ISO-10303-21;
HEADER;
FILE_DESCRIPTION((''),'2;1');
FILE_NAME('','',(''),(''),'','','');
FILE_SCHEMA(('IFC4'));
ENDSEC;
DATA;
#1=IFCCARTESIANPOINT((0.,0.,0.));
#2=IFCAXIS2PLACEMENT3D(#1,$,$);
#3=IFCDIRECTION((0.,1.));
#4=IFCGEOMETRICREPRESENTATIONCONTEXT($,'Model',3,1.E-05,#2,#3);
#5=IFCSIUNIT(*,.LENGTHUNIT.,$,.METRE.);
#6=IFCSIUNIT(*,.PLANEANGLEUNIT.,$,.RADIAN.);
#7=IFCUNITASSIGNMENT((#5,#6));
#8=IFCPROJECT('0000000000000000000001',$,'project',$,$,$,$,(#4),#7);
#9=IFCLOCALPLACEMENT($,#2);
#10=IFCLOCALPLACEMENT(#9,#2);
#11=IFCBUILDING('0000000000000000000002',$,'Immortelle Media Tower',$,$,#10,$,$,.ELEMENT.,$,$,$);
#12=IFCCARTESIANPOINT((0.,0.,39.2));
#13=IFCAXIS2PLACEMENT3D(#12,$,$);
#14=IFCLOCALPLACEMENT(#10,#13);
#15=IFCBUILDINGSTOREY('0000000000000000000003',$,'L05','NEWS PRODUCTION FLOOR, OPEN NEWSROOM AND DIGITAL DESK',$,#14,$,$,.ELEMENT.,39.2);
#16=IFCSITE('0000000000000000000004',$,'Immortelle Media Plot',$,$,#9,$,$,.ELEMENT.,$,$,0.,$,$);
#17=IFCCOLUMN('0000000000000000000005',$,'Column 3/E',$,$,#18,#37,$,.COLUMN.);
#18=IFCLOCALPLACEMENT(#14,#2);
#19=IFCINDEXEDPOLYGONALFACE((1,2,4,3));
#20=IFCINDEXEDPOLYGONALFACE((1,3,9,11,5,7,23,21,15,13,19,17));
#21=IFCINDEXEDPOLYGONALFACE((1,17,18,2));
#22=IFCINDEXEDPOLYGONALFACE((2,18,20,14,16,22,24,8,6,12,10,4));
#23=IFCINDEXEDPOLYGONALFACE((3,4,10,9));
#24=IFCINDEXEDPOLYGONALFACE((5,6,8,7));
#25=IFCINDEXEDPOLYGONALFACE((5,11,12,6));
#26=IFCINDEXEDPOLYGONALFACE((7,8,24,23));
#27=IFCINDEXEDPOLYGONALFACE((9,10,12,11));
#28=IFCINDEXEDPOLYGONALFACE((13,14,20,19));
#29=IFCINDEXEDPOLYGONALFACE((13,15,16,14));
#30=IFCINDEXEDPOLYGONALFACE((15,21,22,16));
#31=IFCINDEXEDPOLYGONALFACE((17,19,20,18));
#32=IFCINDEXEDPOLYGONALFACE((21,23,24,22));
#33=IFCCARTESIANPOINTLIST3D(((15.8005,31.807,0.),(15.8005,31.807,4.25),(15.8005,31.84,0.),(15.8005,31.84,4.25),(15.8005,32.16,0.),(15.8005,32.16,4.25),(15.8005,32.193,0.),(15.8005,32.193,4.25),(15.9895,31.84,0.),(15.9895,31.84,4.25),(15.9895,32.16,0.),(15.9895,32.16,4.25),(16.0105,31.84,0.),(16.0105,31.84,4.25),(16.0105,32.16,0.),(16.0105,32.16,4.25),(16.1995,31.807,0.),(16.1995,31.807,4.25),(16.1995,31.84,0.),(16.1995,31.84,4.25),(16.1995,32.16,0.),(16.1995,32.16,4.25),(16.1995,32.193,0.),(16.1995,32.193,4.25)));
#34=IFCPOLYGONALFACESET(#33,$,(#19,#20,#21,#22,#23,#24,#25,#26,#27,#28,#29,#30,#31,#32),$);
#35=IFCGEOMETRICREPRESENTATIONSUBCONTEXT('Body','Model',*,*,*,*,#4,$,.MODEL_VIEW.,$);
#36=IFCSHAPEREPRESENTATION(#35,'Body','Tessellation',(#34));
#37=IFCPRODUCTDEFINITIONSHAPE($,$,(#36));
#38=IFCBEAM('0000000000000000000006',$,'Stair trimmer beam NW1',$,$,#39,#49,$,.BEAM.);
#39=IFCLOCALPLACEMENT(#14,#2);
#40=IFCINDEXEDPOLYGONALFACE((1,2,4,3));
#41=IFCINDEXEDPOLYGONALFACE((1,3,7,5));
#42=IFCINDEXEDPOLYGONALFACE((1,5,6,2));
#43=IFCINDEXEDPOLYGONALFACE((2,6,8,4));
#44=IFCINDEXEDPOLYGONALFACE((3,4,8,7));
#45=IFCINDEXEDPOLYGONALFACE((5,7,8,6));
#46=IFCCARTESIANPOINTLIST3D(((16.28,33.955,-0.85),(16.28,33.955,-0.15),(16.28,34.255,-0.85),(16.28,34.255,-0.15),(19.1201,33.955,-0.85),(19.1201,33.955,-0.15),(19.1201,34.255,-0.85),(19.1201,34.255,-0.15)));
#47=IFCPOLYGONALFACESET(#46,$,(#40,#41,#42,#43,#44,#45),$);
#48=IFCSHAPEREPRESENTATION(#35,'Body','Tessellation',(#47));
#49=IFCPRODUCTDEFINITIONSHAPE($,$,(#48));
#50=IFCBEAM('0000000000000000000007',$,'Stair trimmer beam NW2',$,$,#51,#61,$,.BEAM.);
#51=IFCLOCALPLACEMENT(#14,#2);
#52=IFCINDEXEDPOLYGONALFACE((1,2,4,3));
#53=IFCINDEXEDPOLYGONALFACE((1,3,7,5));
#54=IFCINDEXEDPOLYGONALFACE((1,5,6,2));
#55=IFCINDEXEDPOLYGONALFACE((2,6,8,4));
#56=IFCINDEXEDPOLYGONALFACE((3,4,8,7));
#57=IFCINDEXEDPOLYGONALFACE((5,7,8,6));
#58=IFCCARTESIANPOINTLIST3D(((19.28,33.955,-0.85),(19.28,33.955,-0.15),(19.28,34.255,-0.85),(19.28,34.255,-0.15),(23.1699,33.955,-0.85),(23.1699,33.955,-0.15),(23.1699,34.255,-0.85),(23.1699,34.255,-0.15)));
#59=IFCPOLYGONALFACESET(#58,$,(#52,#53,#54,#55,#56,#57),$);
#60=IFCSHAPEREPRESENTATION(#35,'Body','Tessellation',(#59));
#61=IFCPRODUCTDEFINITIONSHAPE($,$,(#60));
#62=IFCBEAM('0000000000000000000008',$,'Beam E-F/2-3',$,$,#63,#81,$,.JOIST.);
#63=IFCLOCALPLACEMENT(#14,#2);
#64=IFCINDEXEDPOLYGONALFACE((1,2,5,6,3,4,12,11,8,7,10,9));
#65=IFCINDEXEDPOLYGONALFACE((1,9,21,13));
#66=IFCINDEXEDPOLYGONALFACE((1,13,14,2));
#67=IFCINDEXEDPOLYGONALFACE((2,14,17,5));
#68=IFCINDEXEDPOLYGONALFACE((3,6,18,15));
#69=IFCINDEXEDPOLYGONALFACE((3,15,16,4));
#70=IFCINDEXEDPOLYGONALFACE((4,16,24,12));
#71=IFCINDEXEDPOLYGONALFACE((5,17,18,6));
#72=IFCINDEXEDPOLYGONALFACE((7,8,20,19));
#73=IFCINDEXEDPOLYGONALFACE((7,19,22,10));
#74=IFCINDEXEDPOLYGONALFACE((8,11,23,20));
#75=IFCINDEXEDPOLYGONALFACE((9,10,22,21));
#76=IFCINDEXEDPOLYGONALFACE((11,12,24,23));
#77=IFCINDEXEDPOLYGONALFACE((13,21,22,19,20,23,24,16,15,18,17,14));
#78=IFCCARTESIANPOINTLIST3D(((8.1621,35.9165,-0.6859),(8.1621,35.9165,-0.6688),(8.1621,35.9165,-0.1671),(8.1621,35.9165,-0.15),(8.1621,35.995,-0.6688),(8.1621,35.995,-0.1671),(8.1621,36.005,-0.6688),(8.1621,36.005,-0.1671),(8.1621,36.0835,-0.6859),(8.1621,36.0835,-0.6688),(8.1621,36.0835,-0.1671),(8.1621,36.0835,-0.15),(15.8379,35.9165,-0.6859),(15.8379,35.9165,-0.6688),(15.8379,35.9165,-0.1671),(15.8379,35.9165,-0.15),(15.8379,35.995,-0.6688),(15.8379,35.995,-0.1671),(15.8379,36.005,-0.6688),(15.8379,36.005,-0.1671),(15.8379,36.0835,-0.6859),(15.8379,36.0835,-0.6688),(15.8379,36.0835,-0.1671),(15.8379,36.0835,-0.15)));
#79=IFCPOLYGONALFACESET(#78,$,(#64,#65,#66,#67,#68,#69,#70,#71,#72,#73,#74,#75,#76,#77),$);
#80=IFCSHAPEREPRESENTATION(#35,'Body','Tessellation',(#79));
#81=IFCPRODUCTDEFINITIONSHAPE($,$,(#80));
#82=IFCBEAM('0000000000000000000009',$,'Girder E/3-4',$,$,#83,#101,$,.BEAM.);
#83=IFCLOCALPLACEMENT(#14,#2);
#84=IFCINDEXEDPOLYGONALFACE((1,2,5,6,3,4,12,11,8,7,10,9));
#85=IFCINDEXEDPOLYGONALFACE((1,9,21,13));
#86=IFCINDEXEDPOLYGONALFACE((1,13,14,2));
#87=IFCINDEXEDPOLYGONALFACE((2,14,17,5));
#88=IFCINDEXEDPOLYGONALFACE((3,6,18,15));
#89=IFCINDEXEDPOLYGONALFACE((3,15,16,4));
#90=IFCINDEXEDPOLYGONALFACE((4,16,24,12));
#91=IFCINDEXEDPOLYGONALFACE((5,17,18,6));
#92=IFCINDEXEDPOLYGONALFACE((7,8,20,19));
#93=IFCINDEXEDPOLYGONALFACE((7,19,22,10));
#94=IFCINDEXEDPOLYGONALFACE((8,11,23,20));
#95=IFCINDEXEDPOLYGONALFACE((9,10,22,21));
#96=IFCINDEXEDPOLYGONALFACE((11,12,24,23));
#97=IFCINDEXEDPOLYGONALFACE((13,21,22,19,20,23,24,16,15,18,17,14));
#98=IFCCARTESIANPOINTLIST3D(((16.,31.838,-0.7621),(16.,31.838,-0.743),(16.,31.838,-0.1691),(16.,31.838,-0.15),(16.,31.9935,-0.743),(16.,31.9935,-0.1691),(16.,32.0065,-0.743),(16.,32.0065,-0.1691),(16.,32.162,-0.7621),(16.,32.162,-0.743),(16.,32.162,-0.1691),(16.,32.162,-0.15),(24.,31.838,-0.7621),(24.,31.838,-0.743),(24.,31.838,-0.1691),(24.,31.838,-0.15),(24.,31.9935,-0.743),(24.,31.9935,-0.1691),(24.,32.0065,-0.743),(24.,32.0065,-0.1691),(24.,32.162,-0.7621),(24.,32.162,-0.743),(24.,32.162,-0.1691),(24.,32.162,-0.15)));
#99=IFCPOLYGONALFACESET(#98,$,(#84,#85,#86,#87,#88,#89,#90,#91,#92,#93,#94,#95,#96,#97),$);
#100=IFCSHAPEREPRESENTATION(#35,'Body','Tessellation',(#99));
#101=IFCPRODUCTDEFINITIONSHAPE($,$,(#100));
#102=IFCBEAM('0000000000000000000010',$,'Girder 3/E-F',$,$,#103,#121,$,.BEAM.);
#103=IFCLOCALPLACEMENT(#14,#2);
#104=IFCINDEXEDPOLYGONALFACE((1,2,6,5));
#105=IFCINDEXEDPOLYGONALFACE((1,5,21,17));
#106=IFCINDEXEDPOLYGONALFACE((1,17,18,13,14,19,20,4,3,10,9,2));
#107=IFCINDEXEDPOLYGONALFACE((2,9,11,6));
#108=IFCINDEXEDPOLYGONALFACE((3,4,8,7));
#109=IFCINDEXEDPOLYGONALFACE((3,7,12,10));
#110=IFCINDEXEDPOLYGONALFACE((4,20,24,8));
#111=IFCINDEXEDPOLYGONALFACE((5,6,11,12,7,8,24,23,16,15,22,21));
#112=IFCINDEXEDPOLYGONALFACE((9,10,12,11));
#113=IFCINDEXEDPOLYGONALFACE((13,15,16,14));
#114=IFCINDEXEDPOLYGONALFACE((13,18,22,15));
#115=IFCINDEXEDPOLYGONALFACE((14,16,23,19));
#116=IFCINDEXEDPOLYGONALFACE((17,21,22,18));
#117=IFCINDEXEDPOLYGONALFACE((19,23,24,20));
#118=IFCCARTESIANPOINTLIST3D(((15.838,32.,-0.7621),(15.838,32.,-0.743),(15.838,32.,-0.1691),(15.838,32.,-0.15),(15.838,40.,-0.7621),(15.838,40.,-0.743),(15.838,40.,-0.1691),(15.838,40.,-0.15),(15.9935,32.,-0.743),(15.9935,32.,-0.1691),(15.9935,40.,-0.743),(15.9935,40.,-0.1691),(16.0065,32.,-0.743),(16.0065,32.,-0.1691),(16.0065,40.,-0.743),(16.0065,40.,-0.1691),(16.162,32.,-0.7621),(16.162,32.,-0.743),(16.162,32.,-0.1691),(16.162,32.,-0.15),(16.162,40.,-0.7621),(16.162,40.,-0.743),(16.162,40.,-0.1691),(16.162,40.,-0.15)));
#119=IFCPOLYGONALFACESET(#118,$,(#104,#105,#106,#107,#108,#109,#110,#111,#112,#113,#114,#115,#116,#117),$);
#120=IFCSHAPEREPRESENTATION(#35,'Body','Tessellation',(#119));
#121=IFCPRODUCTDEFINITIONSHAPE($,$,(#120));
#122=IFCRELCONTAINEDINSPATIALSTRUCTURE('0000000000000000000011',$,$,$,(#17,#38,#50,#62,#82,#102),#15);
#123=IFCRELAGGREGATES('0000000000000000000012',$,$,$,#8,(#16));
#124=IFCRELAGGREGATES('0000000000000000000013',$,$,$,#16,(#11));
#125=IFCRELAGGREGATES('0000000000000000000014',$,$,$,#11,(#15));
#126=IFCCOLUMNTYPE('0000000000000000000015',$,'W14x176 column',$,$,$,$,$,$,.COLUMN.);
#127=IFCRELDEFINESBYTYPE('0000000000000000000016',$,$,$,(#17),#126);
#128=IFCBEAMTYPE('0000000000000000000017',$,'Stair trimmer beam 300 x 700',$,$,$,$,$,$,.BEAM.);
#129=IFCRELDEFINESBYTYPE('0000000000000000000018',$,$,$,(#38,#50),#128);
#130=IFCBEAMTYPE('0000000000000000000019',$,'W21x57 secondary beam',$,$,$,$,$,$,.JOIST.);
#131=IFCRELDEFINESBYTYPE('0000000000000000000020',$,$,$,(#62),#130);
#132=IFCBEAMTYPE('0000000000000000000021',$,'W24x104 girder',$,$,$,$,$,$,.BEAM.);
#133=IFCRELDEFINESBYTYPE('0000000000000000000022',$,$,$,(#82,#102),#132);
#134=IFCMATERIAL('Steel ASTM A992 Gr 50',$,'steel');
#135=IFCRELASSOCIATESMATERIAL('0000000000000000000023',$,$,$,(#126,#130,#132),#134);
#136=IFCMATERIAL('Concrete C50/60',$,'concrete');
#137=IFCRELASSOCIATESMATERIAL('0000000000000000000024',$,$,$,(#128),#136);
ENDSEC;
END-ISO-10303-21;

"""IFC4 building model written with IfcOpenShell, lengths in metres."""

from ifc_helpers import new_model, si_unit, direction, frame, origin, origin_2d, place, context, subcontext, project, spatial, rectangle, i_section, extrude, material, material_profile, profile_set, type_object, element, save


model = new_model("IFC4")

# Units and contexts
model_context = context("Model", 3, precision=1e-05, world=origin(), true_north=direction((0.0, 1.0)))
body_context = subcontext(model_context, "Body", "Model", "MODEL_VIEW")
ifc_project = project(units=[si_unit("LENGTHUNIT", "METRE"), si_unit("PLANEANGLEUNIT", "RADIAN")], contexts=[model_context])

# Site, building, storey
site_placement = place(None, origin())
site = spatial("IfcSite", under=ifc_project, at=site_placement, Name="Immortelle Media Plot", CompositionType="ELEMENT", RefElevation=0.0)
building_placement = place(site_placement, origin())
building = spatial("IfcBuilding", under=site, at=building_placement, Name="Immortelle Media Tower", CompositionType="ELEMENT")
storey_placement = place(building_placement, frame((0.0, 0.0, 39.2)))
storey = spatial("IfcBuildingStorey", under=building, at=storey_placement, Name="L05", Description="NEWS PRODUCTION FLOOR, OPEN NEWSROOM AND DIGITAL DESK", CompositionType="ELEMENT", Elevation=39.2)

# Column
ifc_material_1 = material(Name="Steel ASTM A992 Gr 50", Category="steel")
ifc_material_profile_1 = material_profile(ifc_material_1, i_section(OverallWidth=0.3989, OverallDepth=0.386, WebThickness=0.021, FlangeThickness=0.033, at=origin_2d()), Name="W14x176")
ifc_profile_set_1 = profile_set([ifc_material_profile_1], Name="Steel ASTM A992 Gr 50")
column_type = type_object("IfcColumnType", Name="W14x176 column", PredefinedType="COLUMN", material=ifc_profile_set_1)
column_placement = place(storey_placement, frame((16.0, 32.0, 0.0), z_axis=(0.0, 0.0, 1.0), x_axis=(1.0, 0.0, 0.0)))
element("IfcColumn", 1, at=column_placement, inside=storey, type_object=column_type, Name="Column 3/E", PredefinedType="COLUMN", context=body_context, shape_type="SweptSolid", body=[
    extrude(i_section(OverallWidth=0.3989, OverallDepth=0.386, WebThickness=0.021, FlangeThickness=0.033, at=origin_2d()), origin(), (0.0, 0.0, 1.0), 4.25),
])

# Beams
ifc_material_2 = material(Name="Concrete C50/60", Category="concrete")
ifc_material_profile_2 = material_profile(ifc_material_2, rectangle(XDim=0.3, YDim=0.7, at=origin_2d()), Name="RC 300x700")
ifc_profile_set_2 = profile_set([ifc_material_profile_2], Name="Concrete C50/60")
beam_type_1 = type_object("IfcBeamType", Name="Stair trimmer beam 300 x 700", PredefinedType="BEAM", material=ifc_profile_set_2)
beam_1_placement = place(storey_placement, frame((16.28, 34.105, -0.5), z_axis=(1.0, 0.0, 0.0), x_axis=(0.0, 1.0, 0.0)))
element("IfcBeam", 2, at=beam_1_placement, inside=storey, type_object=beam_type_1, Name="Stair trimmer beam NW1", PredefinedType="BEAM", context=body_context, shape_type="SweptSolid", body=[
    extrude(rectangle(XDim=0.3, YDim=0.7, at=origin_2d()), origin(), (0.0, 0.0, 1.0), 2.8401),
])
beam_2_placement = place(storey_placement, frame((19.28, 34.105, -0.5), z_axis=(1.0, 0.0, 0.0), x_axis=(0.0, 1.0, 0.0)))
element("IfcBeam", 3, at=beam_2_placement, inside=storey, type_object=beam_type_1, Name="Stair trimmer beam NW2", PredefinedType="BEAM", context=body_context, shape_type="SweptSolid", body=[
    extrude(rectangle(XDim=0.3, YDim=0.7, at=origin_2d()), origin(), (0.0, 0.0, 1.0), 3.8899),
])
ifc_material_profile_3 = material_profile(ifc_material_1, i_section(OverallWidth=0.167, OverallDepth=0.5359, WebThickness=0.01, FlangeThickness=0.0171, at=origin_2d()), Name="W21x57")
ifc_profile_set_3 = profile_set([ifc_material_profile_3], Name="Steel ASTM A992 Gr 50")
beam_type_2 = type_object("IfcBeamType", Name="W21x57 secondary beam", PredefinedType="JOIST", material=ifc_profile_set_3)
beam_3_placement = place(storey_placement, frame((8.1621, 36.0, -0.418), z_axis=(1.0, 0.0, 0.0), x_axis=(0.0, 1.0, 0.0)))
element("IfcBeam", 4, at=beam_3_placement, inside=storey, type_object=beam_type_2, Name="Beam E-F/2-3", PredefinedType="JOIST", context=body_context, shape_type="SweptSolid", body=[
    extrude(i_section(OverallWidth=0.167, OverallDepth=0.5359, WebThickness=0.01, FlangeThickness=0.0171, at=origin_2d()), origin(), (0.0, 0.0, 1.0), 7.6758),
])
ifc_material_profile_4 = material_profile(ifc_material_1, i_section(OverallWidth=0.324, OverallDepth=0.6121, WebThickness=0.0129, FlangeThickness=0.019, at=origin_2d()), Name="W24x104")
ifc_profile_set_4 = profile_set([ifc_material_profile_4], Name="Steel ASTM A992 Gr 50")
beam_type_3 = type_object("IfcBeamType", Name="W24x104 girder", PredefinedType="BEAM", material=ifc_profile_set_4)
for number, where, z_axis, x_axis, name in (
    (5, (16.0, 32.0, -0.4561), (1.0, 0.0, 0.0), (0.0, 1.0, 0.0), "Girder E/3-4"),
    (6, (16.0, 32.0, -0.4561), (0.0, 1.0, 0.0), (-1.0, 0.0, 0.0), "Girder 3/E-F"),
):
    element("IfcBeam", number, at=place(storey_placement, frame(where, z_axis=z_axis, x_axis=x_axis)), inside=storey, type_object=beam_type_3, Name=name, PredefinedType="BEAM", context=body_context, shape_type="SweptSolid", body=[
        extrude(i_section(OverallWidth=0.324, OverallDepth=0.6121, WebThickness=0.0129, FlangeThickness=0.019, at=origin_2d()), origin(), (0.0, 0.0, 1.0), 8.0),
    ])

save(model, "model.ifc")
